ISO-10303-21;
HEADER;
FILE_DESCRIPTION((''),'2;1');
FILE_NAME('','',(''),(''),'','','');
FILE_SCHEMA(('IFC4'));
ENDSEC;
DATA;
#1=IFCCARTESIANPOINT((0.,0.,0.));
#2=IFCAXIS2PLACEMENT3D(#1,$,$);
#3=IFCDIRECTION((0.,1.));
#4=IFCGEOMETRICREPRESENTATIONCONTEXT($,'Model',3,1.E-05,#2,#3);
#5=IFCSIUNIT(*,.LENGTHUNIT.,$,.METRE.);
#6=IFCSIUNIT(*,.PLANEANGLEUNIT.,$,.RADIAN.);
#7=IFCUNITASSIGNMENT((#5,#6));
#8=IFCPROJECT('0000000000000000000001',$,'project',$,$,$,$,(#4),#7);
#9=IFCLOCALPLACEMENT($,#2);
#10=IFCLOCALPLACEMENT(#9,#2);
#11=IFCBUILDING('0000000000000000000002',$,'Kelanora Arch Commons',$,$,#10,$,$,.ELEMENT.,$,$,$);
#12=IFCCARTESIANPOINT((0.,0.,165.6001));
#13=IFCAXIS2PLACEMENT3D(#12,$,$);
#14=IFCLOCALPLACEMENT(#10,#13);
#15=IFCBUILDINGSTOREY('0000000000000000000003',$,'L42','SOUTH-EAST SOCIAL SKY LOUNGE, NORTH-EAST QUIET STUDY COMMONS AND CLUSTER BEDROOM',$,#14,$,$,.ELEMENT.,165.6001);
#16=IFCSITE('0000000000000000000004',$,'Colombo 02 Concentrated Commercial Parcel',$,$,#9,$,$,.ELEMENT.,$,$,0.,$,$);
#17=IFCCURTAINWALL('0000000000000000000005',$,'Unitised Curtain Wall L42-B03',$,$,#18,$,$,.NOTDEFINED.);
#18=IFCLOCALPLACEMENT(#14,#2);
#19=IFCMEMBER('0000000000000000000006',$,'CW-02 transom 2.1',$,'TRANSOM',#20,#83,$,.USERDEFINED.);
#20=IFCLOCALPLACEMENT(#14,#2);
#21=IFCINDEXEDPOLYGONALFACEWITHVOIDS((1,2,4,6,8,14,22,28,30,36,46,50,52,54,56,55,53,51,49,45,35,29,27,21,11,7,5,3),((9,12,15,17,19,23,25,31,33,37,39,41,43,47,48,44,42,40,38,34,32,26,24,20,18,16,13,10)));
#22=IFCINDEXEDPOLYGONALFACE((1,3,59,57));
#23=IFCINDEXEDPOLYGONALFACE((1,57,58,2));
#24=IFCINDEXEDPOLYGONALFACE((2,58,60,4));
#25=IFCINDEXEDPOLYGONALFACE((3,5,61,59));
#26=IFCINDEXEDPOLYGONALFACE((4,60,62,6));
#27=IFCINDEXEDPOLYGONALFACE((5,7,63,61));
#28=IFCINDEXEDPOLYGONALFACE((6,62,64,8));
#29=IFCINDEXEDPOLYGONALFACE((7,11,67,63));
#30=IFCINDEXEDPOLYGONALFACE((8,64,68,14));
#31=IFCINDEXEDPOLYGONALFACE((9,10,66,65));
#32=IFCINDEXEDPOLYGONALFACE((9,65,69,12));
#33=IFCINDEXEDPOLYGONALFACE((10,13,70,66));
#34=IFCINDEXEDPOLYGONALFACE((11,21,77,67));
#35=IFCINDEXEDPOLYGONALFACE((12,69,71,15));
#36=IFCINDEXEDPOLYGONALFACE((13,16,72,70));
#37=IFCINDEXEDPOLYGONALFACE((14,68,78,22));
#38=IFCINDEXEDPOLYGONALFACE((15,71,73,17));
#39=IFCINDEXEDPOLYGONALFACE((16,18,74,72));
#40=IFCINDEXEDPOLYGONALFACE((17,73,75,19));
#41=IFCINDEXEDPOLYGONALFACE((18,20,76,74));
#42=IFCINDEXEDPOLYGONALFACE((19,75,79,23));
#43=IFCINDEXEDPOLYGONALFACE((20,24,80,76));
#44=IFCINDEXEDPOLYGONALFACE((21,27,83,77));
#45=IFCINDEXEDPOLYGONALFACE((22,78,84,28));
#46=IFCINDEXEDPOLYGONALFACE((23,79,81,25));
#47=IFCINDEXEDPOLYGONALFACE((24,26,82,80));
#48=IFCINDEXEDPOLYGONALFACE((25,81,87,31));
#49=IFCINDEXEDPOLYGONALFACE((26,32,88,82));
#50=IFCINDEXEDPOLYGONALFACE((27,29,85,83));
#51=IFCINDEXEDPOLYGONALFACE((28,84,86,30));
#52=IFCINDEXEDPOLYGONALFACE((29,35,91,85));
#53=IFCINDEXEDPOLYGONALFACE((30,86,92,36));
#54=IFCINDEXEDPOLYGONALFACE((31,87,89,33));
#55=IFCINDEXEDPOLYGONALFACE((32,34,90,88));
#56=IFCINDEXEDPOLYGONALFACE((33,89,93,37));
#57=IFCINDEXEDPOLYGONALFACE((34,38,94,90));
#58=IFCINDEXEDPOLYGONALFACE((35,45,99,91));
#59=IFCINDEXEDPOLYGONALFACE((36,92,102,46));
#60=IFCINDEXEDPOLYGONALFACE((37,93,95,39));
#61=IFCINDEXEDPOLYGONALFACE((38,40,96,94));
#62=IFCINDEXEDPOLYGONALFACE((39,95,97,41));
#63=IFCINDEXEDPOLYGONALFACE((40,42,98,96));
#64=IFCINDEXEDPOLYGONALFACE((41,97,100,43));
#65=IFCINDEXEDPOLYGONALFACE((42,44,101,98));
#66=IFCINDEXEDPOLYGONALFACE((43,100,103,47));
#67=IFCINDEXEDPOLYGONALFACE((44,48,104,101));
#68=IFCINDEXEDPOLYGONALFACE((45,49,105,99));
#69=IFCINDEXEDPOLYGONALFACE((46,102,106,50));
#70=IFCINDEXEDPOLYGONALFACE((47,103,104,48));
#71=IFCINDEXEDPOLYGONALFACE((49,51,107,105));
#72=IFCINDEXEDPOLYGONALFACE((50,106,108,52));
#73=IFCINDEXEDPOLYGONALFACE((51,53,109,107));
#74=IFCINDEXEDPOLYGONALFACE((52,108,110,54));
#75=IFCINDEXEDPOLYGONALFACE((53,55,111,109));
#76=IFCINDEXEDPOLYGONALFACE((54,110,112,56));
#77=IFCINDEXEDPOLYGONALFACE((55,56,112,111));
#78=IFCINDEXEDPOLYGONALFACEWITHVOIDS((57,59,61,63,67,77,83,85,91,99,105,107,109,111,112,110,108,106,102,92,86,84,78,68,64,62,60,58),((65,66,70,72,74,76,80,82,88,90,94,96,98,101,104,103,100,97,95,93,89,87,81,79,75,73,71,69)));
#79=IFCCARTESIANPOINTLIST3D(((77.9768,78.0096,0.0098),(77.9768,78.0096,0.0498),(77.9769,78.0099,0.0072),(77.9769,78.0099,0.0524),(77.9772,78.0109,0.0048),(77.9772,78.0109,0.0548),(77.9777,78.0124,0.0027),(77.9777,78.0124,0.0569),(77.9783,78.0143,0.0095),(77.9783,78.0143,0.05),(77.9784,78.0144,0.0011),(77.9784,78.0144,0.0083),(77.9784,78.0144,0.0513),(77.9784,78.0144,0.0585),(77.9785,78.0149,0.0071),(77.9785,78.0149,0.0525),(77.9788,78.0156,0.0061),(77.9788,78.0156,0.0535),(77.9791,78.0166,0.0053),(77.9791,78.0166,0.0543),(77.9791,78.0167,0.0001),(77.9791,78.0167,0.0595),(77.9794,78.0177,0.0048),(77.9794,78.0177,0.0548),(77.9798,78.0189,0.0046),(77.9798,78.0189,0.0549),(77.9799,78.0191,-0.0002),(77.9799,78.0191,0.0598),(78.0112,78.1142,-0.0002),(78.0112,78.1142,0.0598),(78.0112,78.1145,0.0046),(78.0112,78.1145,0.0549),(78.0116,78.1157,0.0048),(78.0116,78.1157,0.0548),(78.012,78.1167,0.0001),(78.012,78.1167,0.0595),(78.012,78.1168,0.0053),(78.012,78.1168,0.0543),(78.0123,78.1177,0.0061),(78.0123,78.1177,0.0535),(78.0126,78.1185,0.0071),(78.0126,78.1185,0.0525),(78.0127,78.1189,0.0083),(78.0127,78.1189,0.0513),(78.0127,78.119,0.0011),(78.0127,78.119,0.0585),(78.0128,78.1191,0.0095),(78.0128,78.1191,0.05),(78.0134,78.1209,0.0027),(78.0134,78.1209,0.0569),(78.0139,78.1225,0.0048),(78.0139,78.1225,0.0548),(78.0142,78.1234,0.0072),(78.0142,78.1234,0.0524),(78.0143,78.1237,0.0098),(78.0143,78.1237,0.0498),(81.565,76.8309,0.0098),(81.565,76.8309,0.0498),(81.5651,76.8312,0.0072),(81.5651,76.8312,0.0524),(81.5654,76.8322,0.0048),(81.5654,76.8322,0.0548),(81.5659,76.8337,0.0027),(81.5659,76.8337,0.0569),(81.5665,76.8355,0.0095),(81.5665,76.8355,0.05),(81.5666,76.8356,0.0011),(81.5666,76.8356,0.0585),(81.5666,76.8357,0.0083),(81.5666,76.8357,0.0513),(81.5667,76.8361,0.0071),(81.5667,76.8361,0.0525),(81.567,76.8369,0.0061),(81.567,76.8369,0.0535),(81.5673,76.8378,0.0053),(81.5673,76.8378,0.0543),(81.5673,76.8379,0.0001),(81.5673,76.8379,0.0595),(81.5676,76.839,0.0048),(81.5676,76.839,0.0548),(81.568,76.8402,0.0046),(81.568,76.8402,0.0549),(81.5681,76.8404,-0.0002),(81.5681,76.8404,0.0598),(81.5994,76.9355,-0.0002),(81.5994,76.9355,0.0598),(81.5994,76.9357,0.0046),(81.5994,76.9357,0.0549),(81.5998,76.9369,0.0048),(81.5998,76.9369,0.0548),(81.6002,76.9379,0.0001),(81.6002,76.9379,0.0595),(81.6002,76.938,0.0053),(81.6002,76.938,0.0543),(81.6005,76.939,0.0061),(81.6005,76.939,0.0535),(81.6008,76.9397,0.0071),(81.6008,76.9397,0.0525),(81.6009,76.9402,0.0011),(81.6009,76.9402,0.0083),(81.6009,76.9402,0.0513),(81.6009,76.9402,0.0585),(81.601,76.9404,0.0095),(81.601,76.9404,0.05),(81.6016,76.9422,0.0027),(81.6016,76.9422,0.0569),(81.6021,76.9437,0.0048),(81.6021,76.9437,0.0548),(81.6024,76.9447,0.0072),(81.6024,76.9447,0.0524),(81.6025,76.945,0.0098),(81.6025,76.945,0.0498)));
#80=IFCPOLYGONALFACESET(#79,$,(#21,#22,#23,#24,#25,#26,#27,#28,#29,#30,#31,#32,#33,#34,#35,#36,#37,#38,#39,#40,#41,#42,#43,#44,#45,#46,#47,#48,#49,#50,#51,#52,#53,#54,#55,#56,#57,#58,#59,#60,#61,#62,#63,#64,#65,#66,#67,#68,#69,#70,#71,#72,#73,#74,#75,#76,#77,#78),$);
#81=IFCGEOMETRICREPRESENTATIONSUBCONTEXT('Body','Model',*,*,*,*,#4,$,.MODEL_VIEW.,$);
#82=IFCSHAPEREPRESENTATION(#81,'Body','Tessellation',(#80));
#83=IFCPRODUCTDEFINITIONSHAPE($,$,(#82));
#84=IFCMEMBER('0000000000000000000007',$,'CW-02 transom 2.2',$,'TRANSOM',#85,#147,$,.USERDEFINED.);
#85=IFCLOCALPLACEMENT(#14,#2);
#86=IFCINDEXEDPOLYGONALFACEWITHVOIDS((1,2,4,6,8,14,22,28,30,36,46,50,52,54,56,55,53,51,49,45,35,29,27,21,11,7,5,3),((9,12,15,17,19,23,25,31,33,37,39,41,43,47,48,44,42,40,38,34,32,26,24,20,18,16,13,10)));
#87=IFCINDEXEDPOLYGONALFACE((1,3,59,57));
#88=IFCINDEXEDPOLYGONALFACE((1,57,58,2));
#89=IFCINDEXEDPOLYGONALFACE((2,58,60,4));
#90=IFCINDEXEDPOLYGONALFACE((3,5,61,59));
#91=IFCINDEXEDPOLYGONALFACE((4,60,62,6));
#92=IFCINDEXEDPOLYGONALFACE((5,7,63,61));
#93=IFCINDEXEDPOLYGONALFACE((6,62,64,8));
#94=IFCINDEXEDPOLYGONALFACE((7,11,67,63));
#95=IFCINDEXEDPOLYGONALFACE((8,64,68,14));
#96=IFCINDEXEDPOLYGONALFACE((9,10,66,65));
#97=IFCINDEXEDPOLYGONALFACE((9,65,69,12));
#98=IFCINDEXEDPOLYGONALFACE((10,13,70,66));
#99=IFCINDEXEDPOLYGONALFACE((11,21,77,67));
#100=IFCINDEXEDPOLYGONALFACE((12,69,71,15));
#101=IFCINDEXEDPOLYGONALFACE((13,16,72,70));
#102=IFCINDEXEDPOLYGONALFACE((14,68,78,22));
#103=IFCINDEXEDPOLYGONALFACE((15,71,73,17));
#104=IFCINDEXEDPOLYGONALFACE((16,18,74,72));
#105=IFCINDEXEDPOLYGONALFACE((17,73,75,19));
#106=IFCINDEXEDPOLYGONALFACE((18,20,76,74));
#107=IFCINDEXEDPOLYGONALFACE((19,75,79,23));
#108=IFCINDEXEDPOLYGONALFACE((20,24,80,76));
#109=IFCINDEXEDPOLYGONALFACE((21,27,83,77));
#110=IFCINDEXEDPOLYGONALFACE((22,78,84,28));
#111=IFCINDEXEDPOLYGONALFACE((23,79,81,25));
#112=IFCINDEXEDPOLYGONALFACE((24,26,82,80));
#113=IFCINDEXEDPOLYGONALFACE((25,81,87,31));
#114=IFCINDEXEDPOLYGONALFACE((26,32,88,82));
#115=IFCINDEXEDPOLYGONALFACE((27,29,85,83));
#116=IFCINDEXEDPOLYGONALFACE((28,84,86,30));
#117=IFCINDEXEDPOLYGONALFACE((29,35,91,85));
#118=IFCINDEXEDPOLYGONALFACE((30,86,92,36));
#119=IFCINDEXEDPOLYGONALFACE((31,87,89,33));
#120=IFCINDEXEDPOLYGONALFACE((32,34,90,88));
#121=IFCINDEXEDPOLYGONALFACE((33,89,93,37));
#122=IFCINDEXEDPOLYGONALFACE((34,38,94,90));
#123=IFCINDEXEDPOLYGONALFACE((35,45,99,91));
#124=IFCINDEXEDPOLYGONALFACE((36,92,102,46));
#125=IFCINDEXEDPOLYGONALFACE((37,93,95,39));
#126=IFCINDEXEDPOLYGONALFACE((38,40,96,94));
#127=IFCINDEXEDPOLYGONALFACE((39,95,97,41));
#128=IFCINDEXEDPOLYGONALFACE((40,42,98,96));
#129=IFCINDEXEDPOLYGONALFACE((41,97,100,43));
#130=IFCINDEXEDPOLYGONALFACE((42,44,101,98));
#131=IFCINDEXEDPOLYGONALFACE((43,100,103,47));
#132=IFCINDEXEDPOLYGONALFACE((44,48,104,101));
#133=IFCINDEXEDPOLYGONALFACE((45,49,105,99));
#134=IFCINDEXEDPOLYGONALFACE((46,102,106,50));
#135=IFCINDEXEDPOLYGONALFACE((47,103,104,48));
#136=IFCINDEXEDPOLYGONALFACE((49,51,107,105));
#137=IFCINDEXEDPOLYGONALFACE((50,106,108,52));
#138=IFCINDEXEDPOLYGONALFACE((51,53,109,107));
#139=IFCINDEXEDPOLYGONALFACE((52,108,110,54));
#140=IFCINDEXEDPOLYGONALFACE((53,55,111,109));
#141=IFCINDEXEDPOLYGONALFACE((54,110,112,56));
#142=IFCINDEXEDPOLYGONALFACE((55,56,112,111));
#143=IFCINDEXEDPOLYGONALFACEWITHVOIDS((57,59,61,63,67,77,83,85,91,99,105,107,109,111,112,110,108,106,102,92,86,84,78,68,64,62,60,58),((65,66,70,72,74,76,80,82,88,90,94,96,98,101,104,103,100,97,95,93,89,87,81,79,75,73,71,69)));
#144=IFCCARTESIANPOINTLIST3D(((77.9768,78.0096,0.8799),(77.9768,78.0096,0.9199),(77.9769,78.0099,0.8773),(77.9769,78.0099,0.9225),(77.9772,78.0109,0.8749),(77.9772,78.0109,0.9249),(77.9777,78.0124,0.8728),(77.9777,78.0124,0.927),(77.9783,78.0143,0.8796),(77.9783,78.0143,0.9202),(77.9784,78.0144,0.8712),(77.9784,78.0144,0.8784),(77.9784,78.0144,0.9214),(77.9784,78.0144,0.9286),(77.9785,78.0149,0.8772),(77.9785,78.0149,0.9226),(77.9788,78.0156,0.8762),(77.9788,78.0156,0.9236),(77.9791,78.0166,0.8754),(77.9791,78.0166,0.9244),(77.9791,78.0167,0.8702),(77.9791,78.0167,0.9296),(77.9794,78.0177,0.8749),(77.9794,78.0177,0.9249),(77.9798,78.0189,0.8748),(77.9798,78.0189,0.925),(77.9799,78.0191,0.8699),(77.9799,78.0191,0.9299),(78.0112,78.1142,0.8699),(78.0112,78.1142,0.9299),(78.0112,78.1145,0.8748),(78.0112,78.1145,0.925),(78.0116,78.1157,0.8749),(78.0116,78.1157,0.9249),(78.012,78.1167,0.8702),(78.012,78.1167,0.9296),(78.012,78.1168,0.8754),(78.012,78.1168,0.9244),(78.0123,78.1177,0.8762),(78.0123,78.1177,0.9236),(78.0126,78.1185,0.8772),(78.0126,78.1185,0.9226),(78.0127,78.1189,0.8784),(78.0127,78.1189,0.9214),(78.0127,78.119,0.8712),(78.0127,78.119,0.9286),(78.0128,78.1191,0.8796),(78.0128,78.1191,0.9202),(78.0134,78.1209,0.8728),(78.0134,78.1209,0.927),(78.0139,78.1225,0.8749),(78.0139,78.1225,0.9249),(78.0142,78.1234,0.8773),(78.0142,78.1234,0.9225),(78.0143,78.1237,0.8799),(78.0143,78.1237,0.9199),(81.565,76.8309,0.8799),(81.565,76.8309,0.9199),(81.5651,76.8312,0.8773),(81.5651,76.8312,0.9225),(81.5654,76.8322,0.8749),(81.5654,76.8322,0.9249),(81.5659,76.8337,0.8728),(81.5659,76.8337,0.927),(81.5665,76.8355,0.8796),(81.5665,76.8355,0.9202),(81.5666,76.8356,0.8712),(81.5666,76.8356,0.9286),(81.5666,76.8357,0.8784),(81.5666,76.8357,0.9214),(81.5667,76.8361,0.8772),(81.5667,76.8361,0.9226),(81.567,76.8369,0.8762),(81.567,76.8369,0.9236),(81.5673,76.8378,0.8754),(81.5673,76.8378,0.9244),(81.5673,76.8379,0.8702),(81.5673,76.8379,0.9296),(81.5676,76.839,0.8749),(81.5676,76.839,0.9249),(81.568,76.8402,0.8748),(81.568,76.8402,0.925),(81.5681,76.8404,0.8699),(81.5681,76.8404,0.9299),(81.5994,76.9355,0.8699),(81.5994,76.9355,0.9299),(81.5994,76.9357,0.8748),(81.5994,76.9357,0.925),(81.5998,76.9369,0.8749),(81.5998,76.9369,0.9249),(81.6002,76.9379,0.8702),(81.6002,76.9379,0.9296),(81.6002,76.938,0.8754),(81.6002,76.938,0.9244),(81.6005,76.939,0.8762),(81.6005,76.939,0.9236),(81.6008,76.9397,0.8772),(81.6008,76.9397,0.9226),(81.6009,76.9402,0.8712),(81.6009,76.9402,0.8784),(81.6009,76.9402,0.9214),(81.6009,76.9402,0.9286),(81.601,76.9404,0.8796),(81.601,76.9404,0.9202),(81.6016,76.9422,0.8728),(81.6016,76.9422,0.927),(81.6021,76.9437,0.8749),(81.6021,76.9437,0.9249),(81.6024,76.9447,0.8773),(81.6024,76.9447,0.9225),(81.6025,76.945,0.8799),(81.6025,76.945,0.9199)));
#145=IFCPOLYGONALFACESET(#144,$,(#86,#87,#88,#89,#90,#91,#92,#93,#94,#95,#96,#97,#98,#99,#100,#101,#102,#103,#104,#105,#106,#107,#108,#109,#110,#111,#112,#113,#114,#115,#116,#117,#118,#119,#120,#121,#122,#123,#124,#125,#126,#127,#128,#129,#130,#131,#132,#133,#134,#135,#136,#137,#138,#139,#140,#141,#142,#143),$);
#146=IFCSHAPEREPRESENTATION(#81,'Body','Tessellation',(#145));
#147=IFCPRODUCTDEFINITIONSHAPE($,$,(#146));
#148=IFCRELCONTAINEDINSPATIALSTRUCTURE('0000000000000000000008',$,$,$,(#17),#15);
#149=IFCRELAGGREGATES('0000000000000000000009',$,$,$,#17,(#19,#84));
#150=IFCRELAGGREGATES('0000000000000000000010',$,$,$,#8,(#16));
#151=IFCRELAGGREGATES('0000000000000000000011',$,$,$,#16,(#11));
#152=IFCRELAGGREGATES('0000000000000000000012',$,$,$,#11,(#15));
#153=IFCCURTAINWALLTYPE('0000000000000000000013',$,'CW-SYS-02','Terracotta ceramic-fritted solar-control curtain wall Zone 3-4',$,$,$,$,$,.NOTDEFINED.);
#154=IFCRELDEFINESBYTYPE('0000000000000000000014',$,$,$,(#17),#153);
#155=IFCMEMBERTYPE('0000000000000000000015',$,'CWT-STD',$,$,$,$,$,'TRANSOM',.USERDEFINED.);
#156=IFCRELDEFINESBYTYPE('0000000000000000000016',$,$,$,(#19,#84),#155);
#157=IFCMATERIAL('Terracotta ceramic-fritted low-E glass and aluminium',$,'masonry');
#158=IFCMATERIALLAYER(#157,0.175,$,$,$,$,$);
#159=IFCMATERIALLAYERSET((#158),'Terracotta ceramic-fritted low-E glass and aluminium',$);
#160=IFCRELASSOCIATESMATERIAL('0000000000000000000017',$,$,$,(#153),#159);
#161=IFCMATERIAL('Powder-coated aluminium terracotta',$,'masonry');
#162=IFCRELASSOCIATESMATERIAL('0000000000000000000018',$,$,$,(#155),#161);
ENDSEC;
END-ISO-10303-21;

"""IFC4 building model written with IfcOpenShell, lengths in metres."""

from ifc_helpers import new_model, si_unit, direction, frame, origin, origin_2d, place, context, subcontext, project, spatial, hollow_rectangle, extrude, material, layer, layer_set, material_profile, profile_set, type_object, element, aggregate, save


model = new_model("IFC4")

# Units and contexts
model_context = context("Model", 3, precision=1e-05, world=origin(), true_north=direction((0.0, 1.0)))
body_context = subcontext(model_context, "Body", "Model", "MODEL_VIEW")
ifc_project = project(units=[si_unit("LENGTHUNIT", "METRE"), si_unit("PLANEANGLEUNIT", "RADIAN")], contexts=[model_context])

# Site, building, storey
site_placement = place(None, origin())
site = spatial("IfcSite", under=ifc_project, at=site_placement, Name="Colombo 02 Concentrated Commercial Parcel", CompositionType="ELEMENT", RefElevation=0.0)
building_placement = place(site_placement, origin())
building = spatial("IfcBuilding", under=site, at=building_placement, Name="Kelanora Arch Commons", CompositionType="ELEMENT")
storey_placement = place(building_placement, frame((0.0, 0.0, 165.6001)))
storey = spatial("IfcBuildingStorey", under=building, at=storey_placement, Name="L42", Description="SOUTH-EAST SOCIAL SKY LOUNGE, NORTH-EAST QUIET STUDY COMMONS AND CLUSTER BEDROOM", CompositionType="ELEMENT", Elevation=165.6001)

# Curtain wall, members
ifc_material_1 = material(Name="Terracotta ceramic-fritted low-E glass and aluminium", Category="masonry")
ifc_layer_1 = layer(ifc_material_1, 0.175)
ifc_layer_set_1 = layer_set([ifc_layer_1], Name="Terracotta ceramic-fritted low-E glass and aluminium")
curtain_wall_type = type_object("IfcCurtainWallType", Name="CW-SYS-02", Description="Terracotta ceramic-fritted solar-control curtain wall Zone 3-4", PredefinedType="NOTDEFINED", material=ifc_layer_set_1)
curtain_wall_placement = place(storey_placement, origin())
curtain_wall = element("IfcCurtainWall", 1, at=curtain_wall_placement, inside=storey, type_object=curtain_wall_type, Name="Unitised Curtain Wall L42-B03", PredefinedType="NOTDEFINED")
ifc_material_2 = material(Name="Powder-coated aluminium terracotta", Category="masonry")
ifc_material_profile_1 = material_profile(ifc_material_2, hollow_rectangle(XDim=0.1201, YDim=0.0601, WallThickness=0.0049, InnerFilletRadius=0.0049, OuterFilletRadius=0.01, at=origin_2d()), Name="CWT120x60")
ifc_profile_set_1 = profile_set([ifc_material_profile_1], Name="Powder-coated aluminium terracotta")
member_type_1 = type_object("IfcMemberType", Name="CWT-STD", ElementType="TRANSOM", PredefinedType="USERDEFINED", material=ifc_profile_set_1)
member_1_placement = place(storey_placement, frame((81.5837, 76.8879, 0.0298), z_axis=(-0.950051, 0.312094, 0.0), x_axis=(-0.312094, -0.950051, 0.0)))
member_1 = element("IfcMember", 2, at=member_1_placement, type_object=member_type_1, Name="CW-02 transom 2.1", ObjectType="TRANSOM", PredefinedType="USERDEFINED", context=body_context, shape_type="SweptSolid", body=[
    extrude(hollow_rectangle(XDim=0.1201, YDim=0.0601, WallThickness=0.0049, InnerFilletRadius=0.0049, OuterFilletRadius=0.01, at=origin_2d()), origin(), (0.0, 0.0, 1.0), 3.7769),
])
member_2_placement = place(storey_placement, frame((81.5837, 76.8879, 0.8999), z_axis=(-0.950051, 0.312094, 0.0), x_axis=(-0.312094, -0.950051, 0.0)))
member_2 = element("IfcMember", 3, at=member_2_placement, type_object=member_type_1, Name="CW-02 transom 2.2", ObjectType="TRANSOM", PredefinedType="USERDEFINED", context=body_context, shape_type="SweptSolid", body=[
    extrude(hollow_rectangle(XDim=0.1201, YDim=0.0601, WallThickness=0.0049, InnerFilletRadius=0.0049, OuterFilletRadius=0.01, at=origin_2d()), origin(), (0.0, 0.0, 1.0), 3.7769),
])
aggregate(curtain_wall, [member_1, member_2])

save(model, "model.ifc")
